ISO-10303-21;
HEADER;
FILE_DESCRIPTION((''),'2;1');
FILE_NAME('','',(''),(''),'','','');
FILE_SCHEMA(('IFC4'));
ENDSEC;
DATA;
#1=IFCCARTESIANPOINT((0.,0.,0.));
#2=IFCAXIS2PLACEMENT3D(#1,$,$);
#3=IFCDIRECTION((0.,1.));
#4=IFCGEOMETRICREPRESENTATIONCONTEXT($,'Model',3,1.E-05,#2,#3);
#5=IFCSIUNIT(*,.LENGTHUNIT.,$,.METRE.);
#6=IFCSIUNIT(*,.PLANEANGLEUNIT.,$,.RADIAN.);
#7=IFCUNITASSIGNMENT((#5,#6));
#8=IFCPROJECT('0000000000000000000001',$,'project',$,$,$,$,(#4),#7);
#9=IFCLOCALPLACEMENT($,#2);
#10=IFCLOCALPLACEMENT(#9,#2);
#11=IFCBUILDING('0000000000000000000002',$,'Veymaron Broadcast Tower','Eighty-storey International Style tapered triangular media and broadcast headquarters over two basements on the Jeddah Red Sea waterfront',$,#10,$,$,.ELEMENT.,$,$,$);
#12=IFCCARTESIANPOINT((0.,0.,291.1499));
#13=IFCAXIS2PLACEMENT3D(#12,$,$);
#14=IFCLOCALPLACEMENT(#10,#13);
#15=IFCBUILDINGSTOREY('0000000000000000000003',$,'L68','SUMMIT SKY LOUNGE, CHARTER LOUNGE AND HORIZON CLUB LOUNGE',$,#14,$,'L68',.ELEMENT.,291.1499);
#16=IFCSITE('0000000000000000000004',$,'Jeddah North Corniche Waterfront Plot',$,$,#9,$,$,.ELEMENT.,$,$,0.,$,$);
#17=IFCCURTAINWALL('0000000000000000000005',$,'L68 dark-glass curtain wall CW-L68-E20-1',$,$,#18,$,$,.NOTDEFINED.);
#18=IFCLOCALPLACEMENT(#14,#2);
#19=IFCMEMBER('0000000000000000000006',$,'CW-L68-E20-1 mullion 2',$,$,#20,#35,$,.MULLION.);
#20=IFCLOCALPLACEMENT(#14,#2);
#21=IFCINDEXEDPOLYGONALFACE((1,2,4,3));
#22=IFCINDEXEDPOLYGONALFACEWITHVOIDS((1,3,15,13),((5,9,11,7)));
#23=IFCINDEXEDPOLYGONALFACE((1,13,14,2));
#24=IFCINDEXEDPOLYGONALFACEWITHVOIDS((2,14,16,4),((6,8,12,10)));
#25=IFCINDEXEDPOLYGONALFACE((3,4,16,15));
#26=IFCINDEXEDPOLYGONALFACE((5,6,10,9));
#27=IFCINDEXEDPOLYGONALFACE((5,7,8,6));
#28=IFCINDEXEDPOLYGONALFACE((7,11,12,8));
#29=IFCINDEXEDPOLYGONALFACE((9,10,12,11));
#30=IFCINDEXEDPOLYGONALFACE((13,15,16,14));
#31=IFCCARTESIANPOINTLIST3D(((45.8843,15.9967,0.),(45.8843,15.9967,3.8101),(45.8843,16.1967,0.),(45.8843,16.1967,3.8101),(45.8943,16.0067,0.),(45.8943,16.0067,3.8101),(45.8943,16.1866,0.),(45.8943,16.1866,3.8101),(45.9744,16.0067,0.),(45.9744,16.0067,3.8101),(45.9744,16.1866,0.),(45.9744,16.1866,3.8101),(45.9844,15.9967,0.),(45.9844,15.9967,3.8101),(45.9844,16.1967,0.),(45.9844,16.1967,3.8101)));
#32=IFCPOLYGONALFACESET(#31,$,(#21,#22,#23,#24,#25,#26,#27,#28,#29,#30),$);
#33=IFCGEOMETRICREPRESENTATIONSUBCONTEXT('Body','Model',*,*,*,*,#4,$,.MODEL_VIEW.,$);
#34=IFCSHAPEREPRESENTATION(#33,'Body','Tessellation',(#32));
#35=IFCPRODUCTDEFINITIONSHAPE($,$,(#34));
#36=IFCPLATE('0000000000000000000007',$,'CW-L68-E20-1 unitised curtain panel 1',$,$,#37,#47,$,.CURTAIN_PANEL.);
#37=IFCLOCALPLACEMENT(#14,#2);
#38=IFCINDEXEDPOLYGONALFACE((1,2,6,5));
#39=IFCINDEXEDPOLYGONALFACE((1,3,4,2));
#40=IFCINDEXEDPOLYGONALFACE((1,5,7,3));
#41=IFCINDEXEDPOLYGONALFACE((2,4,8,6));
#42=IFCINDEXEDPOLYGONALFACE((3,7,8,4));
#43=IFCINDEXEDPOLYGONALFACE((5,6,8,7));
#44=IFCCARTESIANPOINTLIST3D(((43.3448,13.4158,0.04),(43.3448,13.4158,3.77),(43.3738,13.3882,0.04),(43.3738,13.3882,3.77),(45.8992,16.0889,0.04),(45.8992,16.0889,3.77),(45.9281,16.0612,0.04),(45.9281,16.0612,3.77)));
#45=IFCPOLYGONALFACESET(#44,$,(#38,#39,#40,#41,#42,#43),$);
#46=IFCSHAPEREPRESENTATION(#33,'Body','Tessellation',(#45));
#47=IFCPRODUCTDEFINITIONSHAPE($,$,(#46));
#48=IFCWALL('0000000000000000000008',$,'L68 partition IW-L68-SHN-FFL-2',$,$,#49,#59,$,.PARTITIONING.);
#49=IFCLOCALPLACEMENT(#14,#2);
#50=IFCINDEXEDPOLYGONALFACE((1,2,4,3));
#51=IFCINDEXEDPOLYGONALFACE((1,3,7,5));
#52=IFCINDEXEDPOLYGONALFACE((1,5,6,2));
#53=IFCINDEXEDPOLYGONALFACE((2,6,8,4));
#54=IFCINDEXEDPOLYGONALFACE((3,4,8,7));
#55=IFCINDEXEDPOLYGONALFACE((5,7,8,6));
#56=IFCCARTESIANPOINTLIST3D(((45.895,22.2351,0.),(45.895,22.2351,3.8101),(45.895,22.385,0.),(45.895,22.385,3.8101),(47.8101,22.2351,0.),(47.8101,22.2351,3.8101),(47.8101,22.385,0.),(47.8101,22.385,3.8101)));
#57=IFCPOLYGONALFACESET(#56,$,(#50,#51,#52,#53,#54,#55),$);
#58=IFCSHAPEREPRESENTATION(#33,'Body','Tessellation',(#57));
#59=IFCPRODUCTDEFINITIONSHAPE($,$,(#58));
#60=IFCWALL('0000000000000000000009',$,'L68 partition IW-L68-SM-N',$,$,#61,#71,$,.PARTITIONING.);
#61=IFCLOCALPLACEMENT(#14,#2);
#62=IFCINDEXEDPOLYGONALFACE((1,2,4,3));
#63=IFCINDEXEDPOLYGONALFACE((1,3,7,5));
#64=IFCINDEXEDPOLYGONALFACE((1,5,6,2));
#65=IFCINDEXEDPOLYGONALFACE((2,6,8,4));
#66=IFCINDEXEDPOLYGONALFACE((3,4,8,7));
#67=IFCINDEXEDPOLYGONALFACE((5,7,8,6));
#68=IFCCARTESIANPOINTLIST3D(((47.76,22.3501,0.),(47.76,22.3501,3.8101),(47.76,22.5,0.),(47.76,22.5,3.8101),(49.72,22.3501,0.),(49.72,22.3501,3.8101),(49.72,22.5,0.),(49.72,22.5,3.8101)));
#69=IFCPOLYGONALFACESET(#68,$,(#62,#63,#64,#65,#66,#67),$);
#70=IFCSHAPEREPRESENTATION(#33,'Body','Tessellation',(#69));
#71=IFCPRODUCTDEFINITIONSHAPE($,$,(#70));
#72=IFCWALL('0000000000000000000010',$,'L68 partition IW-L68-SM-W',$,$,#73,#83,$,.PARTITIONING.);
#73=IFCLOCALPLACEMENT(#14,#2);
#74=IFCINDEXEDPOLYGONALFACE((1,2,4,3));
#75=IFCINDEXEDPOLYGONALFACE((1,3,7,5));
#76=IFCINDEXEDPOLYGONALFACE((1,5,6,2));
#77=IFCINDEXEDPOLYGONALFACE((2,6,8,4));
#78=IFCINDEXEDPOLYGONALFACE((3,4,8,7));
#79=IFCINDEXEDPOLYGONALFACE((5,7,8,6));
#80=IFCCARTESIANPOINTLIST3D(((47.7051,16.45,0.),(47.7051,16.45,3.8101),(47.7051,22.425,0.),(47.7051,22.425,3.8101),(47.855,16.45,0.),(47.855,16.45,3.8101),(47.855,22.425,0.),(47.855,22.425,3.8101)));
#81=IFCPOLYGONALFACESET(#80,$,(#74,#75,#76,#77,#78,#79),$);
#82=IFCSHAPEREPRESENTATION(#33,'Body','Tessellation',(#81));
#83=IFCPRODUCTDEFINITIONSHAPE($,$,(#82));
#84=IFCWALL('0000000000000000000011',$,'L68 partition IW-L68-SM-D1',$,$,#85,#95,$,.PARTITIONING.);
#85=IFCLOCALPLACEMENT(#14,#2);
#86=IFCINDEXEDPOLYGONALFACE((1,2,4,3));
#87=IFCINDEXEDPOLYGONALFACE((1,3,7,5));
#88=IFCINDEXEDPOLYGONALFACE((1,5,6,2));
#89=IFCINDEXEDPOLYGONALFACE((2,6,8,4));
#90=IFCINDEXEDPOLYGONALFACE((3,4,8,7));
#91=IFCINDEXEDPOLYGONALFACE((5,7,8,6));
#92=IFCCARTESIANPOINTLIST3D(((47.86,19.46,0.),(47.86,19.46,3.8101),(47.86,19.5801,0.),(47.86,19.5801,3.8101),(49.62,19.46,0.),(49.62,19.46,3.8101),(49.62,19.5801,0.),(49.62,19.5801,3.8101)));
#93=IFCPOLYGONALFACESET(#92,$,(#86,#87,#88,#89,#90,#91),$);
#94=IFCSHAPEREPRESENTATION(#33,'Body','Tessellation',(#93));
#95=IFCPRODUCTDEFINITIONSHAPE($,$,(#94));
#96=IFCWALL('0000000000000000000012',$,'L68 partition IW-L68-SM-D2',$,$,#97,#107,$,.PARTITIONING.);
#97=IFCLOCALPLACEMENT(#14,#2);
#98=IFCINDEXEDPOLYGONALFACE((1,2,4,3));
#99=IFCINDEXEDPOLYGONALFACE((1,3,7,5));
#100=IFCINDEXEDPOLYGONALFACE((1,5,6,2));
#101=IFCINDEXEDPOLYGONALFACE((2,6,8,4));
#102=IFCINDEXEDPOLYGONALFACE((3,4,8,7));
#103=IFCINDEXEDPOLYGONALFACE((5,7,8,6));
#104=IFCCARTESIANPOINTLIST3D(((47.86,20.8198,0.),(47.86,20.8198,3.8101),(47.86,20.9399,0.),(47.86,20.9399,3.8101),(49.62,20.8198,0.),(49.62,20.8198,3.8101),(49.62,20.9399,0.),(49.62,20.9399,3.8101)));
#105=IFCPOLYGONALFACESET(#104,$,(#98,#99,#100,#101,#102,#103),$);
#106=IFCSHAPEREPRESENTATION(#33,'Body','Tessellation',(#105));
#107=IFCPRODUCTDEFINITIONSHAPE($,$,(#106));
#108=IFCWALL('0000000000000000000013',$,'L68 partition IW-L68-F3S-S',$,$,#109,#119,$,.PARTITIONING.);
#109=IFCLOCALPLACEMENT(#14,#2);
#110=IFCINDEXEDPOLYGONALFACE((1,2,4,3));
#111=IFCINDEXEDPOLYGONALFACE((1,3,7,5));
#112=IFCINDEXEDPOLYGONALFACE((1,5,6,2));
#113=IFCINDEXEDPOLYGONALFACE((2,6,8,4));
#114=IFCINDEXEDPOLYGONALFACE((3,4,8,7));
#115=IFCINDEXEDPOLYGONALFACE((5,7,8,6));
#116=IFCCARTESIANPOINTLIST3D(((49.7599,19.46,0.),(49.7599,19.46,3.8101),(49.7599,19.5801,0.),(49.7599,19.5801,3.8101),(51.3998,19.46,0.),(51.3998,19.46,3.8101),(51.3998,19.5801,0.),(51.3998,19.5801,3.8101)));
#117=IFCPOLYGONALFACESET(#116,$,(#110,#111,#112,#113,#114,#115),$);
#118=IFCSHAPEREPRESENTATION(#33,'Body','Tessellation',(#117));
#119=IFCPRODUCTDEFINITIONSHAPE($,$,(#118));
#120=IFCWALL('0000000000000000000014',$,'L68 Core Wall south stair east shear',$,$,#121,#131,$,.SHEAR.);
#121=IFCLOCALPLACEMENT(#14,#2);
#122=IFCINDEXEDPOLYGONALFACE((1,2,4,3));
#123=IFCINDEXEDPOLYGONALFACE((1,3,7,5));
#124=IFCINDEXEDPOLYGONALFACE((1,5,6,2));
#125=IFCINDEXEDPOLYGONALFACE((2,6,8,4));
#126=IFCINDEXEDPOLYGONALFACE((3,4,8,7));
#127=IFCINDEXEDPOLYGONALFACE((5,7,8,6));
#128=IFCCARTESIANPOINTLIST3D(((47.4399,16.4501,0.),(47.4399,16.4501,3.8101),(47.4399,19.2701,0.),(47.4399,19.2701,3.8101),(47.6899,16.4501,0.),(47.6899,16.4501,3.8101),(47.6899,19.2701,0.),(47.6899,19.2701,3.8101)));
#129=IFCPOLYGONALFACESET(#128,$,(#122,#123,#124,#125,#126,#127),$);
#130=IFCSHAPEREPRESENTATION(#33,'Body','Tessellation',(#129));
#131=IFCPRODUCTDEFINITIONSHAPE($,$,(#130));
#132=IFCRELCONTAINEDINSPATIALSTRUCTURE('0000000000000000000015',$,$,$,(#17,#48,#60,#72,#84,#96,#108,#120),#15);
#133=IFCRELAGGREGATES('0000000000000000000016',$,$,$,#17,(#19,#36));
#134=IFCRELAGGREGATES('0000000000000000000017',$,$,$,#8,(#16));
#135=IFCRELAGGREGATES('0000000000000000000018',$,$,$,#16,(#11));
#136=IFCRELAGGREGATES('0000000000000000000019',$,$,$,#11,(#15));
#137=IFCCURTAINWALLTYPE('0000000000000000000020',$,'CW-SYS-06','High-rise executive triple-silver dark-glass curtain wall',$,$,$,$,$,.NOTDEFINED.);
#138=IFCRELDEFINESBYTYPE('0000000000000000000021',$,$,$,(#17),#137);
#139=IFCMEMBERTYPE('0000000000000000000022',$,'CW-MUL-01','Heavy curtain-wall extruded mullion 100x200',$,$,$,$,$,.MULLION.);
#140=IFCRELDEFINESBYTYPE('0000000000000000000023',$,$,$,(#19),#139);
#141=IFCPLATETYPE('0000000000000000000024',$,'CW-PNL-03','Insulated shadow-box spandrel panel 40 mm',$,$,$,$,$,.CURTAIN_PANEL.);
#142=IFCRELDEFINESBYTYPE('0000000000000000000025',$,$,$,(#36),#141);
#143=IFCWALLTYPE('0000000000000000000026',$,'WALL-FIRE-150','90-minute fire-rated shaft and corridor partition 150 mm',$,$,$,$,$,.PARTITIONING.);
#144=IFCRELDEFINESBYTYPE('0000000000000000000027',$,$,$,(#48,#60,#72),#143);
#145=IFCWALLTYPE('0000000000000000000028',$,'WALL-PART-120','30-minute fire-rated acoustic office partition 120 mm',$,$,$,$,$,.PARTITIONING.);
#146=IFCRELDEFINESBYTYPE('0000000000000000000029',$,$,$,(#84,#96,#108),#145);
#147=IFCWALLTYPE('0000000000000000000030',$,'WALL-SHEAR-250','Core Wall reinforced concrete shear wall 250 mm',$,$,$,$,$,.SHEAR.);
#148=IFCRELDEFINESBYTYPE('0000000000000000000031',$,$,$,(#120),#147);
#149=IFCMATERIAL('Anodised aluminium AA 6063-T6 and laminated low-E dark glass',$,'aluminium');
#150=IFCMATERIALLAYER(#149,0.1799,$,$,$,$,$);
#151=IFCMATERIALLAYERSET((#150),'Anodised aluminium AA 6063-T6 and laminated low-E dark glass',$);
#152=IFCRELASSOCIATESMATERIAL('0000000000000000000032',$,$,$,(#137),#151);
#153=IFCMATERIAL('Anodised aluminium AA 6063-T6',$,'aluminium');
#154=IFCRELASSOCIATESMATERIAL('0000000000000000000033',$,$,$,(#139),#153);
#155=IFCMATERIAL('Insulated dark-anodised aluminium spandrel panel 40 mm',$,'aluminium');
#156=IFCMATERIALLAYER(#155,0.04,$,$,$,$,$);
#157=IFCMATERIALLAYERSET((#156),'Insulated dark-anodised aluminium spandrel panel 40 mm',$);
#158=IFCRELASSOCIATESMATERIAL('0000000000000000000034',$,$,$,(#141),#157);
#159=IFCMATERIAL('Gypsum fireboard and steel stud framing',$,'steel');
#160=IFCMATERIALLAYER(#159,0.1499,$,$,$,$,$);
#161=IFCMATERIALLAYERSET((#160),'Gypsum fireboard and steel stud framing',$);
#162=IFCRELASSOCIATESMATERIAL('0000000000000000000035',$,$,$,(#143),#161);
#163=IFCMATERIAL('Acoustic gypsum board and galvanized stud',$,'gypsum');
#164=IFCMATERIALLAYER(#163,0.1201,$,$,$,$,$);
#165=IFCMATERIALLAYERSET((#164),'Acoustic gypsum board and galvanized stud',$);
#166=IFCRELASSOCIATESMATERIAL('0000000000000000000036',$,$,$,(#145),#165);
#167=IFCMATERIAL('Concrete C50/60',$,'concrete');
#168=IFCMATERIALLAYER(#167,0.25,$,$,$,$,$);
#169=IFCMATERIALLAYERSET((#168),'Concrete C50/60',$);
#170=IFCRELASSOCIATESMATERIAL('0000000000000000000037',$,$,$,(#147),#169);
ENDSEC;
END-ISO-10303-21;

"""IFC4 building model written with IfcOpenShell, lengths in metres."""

from ifc_helpers import new_model, si_unit, direction, frame, frame_2d, origin, origin_2d, place, context, subcontext, project, spatial, rectangle, hollow_rectangle, extrude, material, layer, layer_set, material_profile, profile_set, type_object, element, aggregate, save


model = new_model("IFC4")

# Units and contexts
model_context = context("Model", 3, precision=1e-05, world=origin(), true_north=direction((0.0, 1.0)))
body_context = subcontext(model_context, "Body", "Model", "MODEL_VIEW")
ifc_project = project(units=[si_unit("LENGTHUNIT", "METRE"), si_unit("PLANEANGLEUNIT", "RADIAN")], contexts=[model_context])

# Site, building, storey
site_placement = place(None, origin())
site = spatial("IfcSite", under=ifc_project, at=site_placement, Name="Jeddah North Corniche Waterfront Plot", CompositionType="ELEMENT", RefElevation=0.0)
building_placement = place(site_placement, origin())
building = spatial("IfcBuilding", under=site, at=building_placement, Name="Veymaron Broadcast Tower", Description="Eighty-storey International Style tapered triangular media and broadcast headquarters over two basements on the Jeddah Red Sea waterfront", CompositionType="ELEMENT")
storey_placement = place(building_placement, frame((0.0, 0.0, 291.1499)))
storey = spatial("IfcBuildingStorey", under=building, at=storey_placement, Name="L68", Description="SUMMIT SKY LOUNGE, CHARTER LOUNGE AND HORIZON CLUB LOUNGE", LongName="L68", CompositionType="ELEMENT", Elevation=291.1499)

# Curtain wall, member, plate
ifc_material_1 = material(Name="Anodised aluminium AA 6063-T6 and laminated low-E dark glass", Category="aluminium")
ifc_layer_1 = layer(ifc_material_1, 0.1799)
ifc_layer_set_1 = layer_set([ifc_layer_1], Name="Anodised aluminium AA 6063-T6 and laminated low-E dark glass")
curtain_wall_type = type_object("IfcCurtainWallType", Name="CW-SYS-06", Description="High-rise executive triple-silver dark-glass curtain wall", PredefinedType="NOTDEFINED", material=ifc_layer_set_1)
curtain_wall_placement = place(storey_placement, origin())
curtain_wall = element("IfcCurtainWall", 1, at=curtain_wall_placement, inside=storey, type_object=curtain_wall_type, Name="L68 dark-glass curtain wall CW-L68-E20-1", PredefinedType="NOTDEFINED")
ifc_material_2 = material(Name="Anodised aluminium AA 6063-T6", Category="aluminium")
ifc_material_profile = material_profile(ifc_material_2, hollow_rectangle(XDim=0.1001, YDim=0.2, WallThickness=0.01, at=origin_2d()), Name="RHS200X100X10")
ifc_profile_set = profile_set([ifc_material_profile], Name="Anodised aluminium AA 6063-T6")
member_type = type_object("IfcMemberType", Name="CW-MUL-01", Description="Heavy curtain-wall extruded mullion 100x200", PredefinedType="MULLION", material=ifc_profile_set)
member_placement = place(storey_placement, frame((45.9343, 16.0967, 0.0), z_axis=(0.0, 0.0, 1.0), x_axis=(1.0, 0.0, 0.0)))
member = element("IfcMember", 2, at=member_placement, type_object=member_type, Name="CW-L68-E20-1 mullion 2", PredefinedType="MULLION", context=body_context, shape_type="SweptSolid", body=[
    extrude(hollow_rectangle(XDim=0.1001, YDim=0.2, WallThickness=0.01, at=origin_2d()), origin(), (0.0, 0.0, 1.0), 3.8101),
])
ifc_material_3 = material(Name="Insulated dark-anodised aluminium spandrel panel 40 mm", Category="aluminium")
ifc_layer_2 = layer(ifc_material_3, 0.04)
ifc_layer_set_2 = layer_set([ifc_layer_2], Name="Insulated dark-anodised aluminium spandrel panel 40 mm")
plate_type = type_object("IfcPlateType", Name="CW-PNL-03", Description="Insulated shadow-box spandrel panel 40 mm", PredefinedType="CURTAIN_PANEL", material=ifc_layer_set_2)
plate_placement = place(storey_placement, frame((44.6365, 14.7385, 0.04), z_axis=(0.0, 0.0, 1.0), x_axis=(0.69087, 0.722979, 0.0)))
plate = element("IfcPlate", 3, at=plate_placement, type_object=plate_type, Name="CW-L68-E20-1 unitised curtain panel 1", PredefinedType="CURTAIN_PANEL", context=body_context, shape_type="SweptSolid", body=[
    extrude(rectangle(XDim=3.6973, YDim=0.04, at=origin_2d()), origin(), (0.0, 0.0, 1.0), 3.73),
])
aggregate(curtain_wall, [member, plate])

# Shared definitions
ifc_material_4 = material(Name="Gypsum fireboard and steel stud framing", Category="steel")
ifc_layer_3 = layer(ifc_material_4, 0.1499)
ifc_layer_set_3 = layer_set([ifc_layer_3], Name="Gypsum fireboard and steel stud framing")
wall_type_1 = type_object("IfcWallType", Name="WALL-FIRE-150", Description="90-minute fire-rated shaft and corridor partition 150 mm", PredefinedType="PARTITIONING", material=ifc_layer_set_3)

# Wall
wall_1_placement = place(storey_placement, frame((45.895, 22.3101, 0.0), z_axis=(0.0, 0.0, 1.0), x_axis=(1.0, 0.0, 0.0)))
element("IfcWall", 4, at=wall_1_placement, inside=storey, type_object=wall_type_1, Name="L68 partition IW-L68-SHN-FFL-2", PredefinedType="PARTITIONING", context=body_context, shape_type="SweptSolid", body=[
    extrude(rectangle(XDim=1.915, YDim=0.1499, at=frame_2d((0.9575, 0.0))), origin(), (0.0, 0.0, 1.0), 3.8101),
])

# Walls
wall_2_placement = place(storey_placement, frame((47.76, 22.425, 0.0), z_axis=(0.0, 0.0, 1.0), x_axis=(1.0, 0.0, 0.0)))
element("IfcWall", 5, at=wall_2_placement, inside=storey, type_object=wall_type_1, Name="L68 partition IW-L68-SM-N", PredefinedType="PARTITIONING", context=body_context, shape_type="SweptSolid", body=[
    extrude(rectangle(XDim=1.96, YDim=0.1499, at=frame_2d((0.98, 0.0))), origin(), (0.0, 0.0, 1.0), 3.8101),
])
wall_3_placement = place(storey_placement, frame((47.78, 16.45, 0.0), z_axis=(0.0, 0.0, 1.0), x_axis=(0.0, 1.0, 0.0)))
element("IfcWall", 6, at=wall_3_placement, inside=storey, type_object=wall_type_1, Name="L68 partition IW-L68-SM-W", PredefinedType="PARTITIONING", context=body_context, shape_type="SweptSolid", body=[
    extrude(rectangle(XDim=5.9751, YDim=0.1499, at=frame_2d((2.9875, 0.0))), origin(), (0.0, 0.0, 1.0), 3.8101),
])
ifc_material_5 = material(Name="Acoustic gypsum board and galvanized stud", Category="gypsum")
ifc_layer_4 = layer(ifc_material_5, 0.1201)
ifc_layer_set_4 = layer_set([ifc_layer_4], Name="Acoustic gypsum board and galvanized stud")
wall_type_2 = type_object("IfcWallType", Name="WALL-PART-120", Description="30-minute fire-rated acoustic office partition 120 mm", PredefinedType="PARTITIONING", material=ifc_layer_set_4)
for number, where, z_axis, x_axis, name in (
    (7, (47.8601, 19.52, 0.0), (0.0, 0.0, 1.0), (1.0, 0.0, 0.0), "L68 partition IW-L68-SM-D1"),
    (8, (47.8601, 20.8799, 0.0), (0.0, 0.0, 1.0), (1.0, 0.0, 0.0), "L68 partition IW-L68-SM-D2"),
):
    element("IfcWall", number, at=place(storey_placement, frame(where, z_axis=z_axis, x_axis=x_axis)), inside=storey, type_object=wall_type_2, Name=name, PredefinedType="PARTITIONING", context=body_context, shape_type="SweptSolid", body=[
        extrude(rectangle(XDim=1.76, YDim=0.1201, at=frame_2d((0.8799, 0.0))), origin(), (0.0, 0.0, 1.0), 3.8101),
    ])

# Walls
wall_4_placement = place(storey_placement, frame((49.76, 19.52, 0.0), z_axis=(0.0, 0.0, 1.0), x_axis=(1.0, 0.0, 0.0)))
element("IfcWall", 9, at=wall_4_placement, inside=storey, type_object=wall_type_2, Name="L68 partition IW-L68-F3S-S", PredefinedType="PARTITIONING", context=body_context, shape_type="SweptSolid", body=[
    extrude(rectangle(XDim=1.6399, YDim=0.1201, at=frame_2d((0.8198, 0.0))), origin(), (0.0, 0.0, 1.0), 3.8101),
])
ifc_material_6 = material(Name="Concrete C50/60", Category="concrete")
ifc_layer_5 = layer(ifc_material_6, 0.25)
ifc_layer_set_5 = layer_set([ifc_layer_5], Name="Concrete C50/60")
wall_type_3 = type_object("IfcWallType", Name="WALL-SHEAR-250", Description="Core Wall reinforced concrete shear wall 250 mm", PredefinedType="SHEAR", material=ifc_layer_set_5)
wall_5_placement = place(storey_placement, frame((47.5649, 16.45, 0.0), z_axis=(0.0, 0.0, 1.0), x_axis=(0.0, 1.0, 0.0)))
element("IfcWall", 10, at=wall_5_placement, inside=storey, type_object=wall_type_3, Name="L68 Core Wall south stair east shear", PredefinedType="SHEAR", context=body_context, shape_type="SweptSolid", body=[
    extrude(rectangle(XDim=2.8201, YDim=0.25, at=frame_2d((1.4102, 0.0))), origin(), (0.0, 0.0, 1.0), 3.8101),
])

save(model, "model.ifc")
